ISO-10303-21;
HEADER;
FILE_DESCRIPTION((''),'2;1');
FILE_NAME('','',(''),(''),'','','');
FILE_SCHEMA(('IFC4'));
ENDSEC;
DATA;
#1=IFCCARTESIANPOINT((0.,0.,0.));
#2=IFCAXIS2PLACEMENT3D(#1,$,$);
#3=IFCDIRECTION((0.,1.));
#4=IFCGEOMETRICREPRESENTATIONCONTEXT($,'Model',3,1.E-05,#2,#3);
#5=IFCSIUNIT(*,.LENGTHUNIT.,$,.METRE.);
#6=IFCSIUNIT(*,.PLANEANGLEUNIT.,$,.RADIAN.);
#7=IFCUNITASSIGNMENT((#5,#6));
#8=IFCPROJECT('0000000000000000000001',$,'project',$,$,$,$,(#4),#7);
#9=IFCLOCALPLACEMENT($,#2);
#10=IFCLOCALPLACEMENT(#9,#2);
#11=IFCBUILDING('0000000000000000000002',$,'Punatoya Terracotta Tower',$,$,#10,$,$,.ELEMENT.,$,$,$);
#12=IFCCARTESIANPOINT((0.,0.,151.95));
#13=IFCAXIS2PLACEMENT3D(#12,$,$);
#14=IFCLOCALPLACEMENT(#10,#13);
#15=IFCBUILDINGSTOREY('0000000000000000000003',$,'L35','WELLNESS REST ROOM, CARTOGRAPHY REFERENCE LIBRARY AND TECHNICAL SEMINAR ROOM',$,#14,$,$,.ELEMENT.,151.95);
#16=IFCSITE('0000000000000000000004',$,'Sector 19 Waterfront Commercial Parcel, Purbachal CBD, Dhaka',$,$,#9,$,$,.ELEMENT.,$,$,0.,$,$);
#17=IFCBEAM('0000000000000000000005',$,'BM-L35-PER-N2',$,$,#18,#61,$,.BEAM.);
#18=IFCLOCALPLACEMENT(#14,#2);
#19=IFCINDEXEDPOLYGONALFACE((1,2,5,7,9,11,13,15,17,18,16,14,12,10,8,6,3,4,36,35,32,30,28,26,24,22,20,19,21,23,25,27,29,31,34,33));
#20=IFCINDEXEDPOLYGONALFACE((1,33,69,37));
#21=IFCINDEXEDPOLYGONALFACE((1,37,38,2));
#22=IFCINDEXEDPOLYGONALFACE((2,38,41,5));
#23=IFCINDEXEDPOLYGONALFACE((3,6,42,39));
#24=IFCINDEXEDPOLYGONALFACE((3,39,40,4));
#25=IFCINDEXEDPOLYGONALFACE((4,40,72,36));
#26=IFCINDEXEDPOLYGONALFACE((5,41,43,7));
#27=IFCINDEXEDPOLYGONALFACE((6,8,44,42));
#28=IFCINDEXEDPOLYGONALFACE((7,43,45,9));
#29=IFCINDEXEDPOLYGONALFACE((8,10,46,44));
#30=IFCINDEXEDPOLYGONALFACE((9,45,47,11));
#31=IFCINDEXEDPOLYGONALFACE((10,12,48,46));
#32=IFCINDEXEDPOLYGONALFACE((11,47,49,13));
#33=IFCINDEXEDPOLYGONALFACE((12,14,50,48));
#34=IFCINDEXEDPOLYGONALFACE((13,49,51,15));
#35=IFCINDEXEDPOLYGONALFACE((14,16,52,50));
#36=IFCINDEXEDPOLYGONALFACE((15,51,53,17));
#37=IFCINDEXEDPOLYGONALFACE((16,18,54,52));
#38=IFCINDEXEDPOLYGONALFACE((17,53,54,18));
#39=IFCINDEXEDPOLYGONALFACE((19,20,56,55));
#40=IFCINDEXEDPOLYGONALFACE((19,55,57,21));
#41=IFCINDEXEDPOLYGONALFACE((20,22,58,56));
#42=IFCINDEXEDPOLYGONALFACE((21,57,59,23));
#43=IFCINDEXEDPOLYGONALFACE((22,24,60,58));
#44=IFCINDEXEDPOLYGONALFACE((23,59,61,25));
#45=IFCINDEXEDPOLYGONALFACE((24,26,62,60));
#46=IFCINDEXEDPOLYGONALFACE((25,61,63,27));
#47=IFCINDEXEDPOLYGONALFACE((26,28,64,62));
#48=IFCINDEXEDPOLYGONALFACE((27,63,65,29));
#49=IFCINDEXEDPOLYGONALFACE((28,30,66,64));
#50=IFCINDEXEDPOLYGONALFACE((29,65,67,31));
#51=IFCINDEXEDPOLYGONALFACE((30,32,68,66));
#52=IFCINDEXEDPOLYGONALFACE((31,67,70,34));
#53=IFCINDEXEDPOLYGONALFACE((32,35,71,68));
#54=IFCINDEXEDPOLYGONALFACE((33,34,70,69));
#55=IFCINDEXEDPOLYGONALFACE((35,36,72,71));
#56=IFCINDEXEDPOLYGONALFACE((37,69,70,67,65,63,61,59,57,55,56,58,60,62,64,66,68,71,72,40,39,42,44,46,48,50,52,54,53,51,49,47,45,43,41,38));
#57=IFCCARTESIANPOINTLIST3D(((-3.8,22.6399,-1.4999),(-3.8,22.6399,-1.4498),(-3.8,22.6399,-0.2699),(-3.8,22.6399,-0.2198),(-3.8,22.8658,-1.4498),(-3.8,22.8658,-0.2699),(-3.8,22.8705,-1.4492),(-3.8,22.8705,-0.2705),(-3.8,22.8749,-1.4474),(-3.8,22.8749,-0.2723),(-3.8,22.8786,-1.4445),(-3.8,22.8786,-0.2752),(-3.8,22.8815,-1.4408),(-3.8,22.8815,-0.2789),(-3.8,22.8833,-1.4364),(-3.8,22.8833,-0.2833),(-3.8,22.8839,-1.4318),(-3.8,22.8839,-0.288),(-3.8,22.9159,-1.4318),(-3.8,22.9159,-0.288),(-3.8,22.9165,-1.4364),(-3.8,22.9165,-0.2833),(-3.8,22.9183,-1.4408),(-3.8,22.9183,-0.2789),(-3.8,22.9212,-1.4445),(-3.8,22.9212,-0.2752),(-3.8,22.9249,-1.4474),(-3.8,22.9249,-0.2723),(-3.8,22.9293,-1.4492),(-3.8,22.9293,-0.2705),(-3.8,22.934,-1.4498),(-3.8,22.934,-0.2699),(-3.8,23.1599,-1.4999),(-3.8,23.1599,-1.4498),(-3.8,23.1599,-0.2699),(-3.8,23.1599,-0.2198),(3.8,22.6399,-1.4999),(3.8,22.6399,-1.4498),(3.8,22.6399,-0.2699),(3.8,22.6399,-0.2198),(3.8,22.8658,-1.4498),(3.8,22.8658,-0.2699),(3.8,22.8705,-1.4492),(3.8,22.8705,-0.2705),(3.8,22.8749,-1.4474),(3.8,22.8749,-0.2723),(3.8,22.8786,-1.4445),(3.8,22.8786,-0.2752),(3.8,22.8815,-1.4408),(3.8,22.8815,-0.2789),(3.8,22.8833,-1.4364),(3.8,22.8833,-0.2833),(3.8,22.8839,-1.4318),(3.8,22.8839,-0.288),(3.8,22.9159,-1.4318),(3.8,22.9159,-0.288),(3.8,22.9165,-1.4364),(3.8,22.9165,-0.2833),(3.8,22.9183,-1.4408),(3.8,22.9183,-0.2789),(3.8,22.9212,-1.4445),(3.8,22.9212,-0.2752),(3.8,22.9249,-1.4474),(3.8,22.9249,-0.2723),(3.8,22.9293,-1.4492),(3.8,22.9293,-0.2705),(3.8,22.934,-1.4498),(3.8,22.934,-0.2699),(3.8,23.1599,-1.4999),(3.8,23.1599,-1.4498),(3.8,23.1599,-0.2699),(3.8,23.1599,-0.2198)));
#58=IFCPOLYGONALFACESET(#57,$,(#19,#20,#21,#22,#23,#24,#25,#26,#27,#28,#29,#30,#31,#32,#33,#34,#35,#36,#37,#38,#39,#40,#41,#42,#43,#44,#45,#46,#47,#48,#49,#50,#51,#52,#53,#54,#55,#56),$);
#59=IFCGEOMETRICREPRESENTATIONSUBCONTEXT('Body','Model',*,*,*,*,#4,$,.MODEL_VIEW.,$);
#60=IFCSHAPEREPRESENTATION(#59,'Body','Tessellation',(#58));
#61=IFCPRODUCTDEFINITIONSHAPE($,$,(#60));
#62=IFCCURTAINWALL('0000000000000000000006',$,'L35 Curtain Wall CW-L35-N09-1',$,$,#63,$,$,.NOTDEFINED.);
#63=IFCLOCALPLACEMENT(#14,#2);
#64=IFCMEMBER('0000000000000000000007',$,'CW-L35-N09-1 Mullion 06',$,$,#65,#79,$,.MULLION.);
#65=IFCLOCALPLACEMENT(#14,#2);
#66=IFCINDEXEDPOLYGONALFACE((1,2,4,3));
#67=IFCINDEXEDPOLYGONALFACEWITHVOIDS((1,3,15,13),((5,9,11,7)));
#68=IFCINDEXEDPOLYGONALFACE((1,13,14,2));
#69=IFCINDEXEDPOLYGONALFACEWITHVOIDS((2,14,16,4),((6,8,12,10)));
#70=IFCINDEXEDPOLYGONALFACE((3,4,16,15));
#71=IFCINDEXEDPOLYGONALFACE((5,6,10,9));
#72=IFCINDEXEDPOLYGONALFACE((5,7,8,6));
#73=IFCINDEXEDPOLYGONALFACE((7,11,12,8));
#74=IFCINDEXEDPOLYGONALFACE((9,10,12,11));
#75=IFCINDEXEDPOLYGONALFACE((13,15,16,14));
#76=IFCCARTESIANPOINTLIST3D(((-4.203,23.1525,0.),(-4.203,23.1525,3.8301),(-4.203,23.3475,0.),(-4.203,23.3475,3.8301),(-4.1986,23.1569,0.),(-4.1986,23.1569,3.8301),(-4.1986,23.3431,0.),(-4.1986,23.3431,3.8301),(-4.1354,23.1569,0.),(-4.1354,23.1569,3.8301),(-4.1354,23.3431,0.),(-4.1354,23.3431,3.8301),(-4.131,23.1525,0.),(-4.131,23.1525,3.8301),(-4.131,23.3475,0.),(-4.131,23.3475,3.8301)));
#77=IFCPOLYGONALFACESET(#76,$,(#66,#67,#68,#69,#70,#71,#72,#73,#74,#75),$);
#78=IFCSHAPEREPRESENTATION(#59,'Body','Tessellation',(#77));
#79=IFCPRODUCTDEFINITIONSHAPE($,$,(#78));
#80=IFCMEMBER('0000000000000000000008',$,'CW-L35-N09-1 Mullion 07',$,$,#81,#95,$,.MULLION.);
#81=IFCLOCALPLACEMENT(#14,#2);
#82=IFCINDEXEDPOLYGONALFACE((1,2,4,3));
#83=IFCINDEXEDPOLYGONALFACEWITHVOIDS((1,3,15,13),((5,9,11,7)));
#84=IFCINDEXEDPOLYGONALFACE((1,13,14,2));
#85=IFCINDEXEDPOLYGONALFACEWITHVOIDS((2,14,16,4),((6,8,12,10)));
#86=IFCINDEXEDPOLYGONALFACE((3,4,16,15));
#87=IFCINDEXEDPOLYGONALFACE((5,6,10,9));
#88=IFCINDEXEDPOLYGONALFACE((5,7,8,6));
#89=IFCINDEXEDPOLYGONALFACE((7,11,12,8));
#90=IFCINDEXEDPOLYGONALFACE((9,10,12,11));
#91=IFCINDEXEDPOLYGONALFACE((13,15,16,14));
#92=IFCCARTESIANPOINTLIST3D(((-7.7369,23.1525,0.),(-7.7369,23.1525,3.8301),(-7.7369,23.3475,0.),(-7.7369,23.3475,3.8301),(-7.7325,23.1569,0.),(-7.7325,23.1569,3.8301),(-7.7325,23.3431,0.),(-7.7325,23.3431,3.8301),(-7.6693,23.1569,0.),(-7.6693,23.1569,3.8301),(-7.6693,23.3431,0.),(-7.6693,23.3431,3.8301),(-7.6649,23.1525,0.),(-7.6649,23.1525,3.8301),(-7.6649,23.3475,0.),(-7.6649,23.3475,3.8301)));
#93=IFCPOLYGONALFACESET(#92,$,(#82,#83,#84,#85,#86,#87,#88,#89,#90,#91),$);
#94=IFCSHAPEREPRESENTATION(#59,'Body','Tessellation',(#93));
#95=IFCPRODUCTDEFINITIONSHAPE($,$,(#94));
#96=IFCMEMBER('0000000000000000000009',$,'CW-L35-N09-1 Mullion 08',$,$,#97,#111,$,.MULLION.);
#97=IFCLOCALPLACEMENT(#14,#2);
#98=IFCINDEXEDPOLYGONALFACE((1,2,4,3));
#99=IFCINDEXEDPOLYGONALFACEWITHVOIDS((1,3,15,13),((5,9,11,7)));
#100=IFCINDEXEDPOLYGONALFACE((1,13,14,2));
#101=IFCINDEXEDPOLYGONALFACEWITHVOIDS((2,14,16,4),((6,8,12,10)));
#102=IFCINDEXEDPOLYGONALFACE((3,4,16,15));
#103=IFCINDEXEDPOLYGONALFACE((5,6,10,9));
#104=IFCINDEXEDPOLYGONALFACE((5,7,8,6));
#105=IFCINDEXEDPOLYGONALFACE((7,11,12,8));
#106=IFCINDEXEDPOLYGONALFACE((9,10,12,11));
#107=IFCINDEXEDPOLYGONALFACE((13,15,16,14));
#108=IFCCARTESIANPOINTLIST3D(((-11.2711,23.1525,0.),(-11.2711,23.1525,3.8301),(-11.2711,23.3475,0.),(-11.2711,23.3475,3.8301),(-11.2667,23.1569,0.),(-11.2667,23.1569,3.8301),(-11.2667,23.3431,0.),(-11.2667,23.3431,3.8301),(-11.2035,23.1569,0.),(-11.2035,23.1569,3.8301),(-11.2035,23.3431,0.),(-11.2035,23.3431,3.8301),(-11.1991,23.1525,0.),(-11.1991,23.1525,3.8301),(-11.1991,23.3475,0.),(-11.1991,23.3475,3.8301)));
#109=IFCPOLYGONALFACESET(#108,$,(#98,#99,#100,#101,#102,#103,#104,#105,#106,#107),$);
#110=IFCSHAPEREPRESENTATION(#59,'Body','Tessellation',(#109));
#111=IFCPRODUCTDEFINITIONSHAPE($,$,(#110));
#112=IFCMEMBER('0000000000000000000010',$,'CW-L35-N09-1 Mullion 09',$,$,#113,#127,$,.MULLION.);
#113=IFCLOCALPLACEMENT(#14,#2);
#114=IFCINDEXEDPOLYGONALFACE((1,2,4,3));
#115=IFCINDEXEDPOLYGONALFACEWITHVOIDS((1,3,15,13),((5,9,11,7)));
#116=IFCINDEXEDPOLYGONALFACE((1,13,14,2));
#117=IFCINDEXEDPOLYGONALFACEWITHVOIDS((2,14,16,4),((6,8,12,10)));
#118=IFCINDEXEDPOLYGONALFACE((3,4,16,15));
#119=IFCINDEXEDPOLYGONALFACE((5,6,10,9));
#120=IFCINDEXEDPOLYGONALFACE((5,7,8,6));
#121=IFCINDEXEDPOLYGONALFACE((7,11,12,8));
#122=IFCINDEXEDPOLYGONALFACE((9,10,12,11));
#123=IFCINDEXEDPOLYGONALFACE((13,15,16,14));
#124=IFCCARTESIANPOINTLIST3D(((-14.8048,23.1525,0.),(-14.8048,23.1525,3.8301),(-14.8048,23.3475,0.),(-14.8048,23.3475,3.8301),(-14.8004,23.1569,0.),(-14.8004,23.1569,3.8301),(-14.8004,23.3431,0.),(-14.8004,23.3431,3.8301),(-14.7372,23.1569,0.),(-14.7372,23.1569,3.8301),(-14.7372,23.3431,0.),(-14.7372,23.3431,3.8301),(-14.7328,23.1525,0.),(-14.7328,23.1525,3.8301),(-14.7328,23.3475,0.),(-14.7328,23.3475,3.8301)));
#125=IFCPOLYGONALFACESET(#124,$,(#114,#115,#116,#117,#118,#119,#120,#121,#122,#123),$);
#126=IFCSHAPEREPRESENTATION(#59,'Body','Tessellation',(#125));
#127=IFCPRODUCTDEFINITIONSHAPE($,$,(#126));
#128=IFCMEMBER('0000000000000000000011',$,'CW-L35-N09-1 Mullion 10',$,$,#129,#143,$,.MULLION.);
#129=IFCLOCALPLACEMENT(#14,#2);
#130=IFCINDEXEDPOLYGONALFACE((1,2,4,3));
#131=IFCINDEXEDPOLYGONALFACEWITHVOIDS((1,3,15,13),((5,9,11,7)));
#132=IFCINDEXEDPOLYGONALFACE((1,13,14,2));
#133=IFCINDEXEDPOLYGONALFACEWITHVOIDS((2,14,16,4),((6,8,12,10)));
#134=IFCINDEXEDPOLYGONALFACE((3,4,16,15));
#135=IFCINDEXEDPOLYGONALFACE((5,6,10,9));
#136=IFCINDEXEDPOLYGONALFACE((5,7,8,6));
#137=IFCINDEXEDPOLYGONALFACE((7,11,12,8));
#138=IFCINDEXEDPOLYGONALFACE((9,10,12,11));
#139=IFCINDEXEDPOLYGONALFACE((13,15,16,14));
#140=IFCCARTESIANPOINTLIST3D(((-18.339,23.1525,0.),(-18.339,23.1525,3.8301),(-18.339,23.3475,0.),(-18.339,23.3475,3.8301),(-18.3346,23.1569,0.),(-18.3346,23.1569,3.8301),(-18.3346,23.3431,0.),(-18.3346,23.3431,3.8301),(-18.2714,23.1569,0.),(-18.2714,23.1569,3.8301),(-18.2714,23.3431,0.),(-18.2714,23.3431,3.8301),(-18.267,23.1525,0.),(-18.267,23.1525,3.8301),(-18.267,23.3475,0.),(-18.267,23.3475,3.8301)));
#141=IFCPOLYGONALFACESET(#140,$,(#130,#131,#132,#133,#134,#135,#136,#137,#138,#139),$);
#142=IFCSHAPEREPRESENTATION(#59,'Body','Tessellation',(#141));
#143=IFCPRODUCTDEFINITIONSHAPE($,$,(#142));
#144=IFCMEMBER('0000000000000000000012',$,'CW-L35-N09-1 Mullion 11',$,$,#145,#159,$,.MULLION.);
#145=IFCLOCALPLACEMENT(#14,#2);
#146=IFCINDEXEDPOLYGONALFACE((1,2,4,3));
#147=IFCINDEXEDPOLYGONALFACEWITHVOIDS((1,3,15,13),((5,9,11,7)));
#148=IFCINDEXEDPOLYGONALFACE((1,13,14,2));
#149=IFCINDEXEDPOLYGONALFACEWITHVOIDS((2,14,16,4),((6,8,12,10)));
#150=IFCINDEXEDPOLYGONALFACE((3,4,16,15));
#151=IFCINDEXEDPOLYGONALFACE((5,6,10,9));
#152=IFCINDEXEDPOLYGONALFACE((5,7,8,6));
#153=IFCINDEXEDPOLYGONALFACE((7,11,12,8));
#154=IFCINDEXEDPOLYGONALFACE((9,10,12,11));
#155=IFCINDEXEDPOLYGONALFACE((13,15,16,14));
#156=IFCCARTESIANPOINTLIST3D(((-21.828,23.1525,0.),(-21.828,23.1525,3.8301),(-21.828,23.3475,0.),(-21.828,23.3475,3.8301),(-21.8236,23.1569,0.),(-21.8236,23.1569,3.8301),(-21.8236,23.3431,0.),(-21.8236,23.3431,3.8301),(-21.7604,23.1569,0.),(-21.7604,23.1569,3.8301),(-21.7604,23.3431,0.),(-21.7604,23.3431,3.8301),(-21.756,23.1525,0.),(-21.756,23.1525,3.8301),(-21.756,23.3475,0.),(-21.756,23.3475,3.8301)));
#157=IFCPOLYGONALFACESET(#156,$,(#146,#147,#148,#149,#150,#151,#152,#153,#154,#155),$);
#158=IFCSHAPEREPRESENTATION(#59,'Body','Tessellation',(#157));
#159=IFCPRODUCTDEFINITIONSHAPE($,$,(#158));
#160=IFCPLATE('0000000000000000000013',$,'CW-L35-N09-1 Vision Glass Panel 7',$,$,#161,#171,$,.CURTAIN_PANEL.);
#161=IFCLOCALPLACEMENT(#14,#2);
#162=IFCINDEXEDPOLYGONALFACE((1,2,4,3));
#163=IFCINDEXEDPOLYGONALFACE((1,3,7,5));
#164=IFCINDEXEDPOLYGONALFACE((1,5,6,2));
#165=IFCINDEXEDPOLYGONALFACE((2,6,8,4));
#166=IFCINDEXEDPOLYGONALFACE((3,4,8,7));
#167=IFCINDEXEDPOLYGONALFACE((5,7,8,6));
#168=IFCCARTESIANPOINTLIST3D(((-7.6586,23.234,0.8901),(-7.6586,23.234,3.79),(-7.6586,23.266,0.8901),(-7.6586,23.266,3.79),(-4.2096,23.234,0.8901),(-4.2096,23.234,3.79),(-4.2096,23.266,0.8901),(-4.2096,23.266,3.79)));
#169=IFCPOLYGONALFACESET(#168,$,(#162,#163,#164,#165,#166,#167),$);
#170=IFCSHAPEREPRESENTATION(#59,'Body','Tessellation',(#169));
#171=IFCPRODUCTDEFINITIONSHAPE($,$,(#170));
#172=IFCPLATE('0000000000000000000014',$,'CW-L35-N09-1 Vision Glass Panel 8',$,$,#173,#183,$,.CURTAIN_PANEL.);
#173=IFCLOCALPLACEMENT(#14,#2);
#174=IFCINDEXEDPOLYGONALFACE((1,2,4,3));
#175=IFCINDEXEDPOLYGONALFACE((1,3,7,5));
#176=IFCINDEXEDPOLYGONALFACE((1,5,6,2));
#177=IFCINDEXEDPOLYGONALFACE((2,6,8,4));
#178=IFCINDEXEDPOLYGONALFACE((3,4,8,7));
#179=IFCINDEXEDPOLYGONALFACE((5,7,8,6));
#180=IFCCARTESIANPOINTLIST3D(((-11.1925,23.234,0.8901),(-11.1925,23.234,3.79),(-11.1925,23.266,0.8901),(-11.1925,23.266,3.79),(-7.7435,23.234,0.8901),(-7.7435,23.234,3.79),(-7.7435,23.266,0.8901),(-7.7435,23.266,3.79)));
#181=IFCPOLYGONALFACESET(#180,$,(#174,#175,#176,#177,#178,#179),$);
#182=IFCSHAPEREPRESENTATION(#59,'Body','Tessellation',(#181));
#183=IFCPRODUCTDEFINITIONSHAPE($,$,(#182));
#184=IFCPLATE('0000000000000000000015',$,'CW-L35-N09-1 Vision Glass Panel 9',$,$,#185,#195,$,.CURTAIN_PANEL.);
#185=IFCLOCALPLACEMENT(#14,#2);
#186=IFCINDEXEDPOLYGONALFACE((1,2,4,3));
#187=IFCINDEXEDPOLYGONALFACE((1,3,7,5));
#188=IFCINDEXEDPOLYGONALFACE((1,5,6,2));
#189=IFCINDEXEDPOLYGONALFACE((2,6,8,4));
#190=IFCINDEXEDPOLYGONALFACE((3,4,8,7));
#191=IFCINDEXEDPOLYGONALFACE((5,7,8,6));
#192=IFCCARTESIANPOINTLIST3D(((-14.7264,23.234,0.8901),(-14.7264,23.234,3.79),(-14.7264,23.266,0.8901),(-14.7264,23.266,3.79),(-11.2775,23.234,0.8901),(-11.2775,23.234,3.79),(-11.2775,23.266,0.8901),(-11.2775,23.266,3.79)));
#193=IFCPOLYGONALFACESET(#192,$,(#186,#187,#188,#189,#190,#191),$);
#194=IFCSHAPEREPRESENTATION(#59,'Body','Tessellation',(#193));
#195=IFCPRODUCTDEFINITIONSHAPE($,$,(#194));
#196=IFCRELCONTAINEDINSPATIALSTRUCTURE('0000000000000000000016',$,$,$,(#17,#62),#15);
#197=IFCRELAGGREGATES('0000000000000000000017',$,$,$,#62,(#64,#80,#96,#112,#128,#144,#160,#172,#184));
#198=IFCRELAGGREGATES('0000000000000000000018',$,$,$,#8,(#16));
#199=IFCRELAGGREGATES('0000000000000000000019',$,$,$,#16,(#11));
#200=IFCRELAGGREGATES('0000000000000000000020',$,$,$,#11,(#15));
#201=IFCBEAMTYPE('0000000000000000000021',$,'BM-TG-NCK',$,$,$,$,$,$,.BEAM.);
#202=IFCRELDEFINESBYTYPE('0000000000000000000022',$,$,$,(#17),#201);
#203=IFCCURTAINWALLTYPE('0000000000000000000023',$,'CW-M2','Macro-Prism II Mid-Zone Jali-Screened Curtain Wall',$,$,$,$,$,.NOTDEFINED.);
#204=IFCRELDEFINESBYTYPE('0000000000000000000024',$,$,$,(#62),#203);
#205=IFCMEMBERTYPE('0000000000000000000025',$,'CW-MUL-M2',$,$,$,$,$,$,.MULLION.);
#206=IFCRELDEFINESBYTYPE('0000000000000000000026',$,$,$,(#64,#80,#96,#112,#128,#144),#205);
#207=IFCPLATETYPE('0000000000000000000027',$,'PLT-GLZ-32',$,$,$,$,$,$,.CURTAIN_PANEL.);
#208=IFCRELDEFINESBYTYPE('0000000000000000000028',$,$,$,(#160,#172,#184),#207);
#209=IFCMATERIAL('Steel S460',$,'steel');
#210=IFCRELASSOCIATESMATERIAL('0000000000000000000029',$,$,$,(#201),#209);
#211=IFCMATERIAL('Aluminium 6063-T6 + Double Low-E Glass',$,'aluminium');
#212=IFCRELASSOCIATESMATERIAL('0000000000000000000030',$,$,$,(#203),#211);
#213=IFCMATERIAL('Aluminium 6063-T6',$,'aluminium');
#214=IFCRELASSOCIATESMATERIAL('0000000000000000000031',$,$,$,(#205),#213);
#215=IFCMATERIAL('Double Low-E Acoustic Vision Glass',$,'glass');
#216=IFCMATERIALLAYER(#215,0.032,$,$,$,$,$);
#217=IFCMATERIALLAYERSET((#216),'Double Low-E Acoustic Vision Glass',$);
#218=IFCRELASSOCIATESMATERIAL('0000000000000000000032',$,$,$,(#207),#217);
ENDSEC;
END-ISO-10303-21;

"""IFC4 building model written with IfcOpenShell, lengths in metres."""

from ifc_helpers import new_model, si_unit, direction, frame, origin, origin_2d, place, context, subcontext, project, spatial, rectangle, hollow_rectangle, i_section, extrude, material, layer, layer_set, material_profile, profile_set, type_object, element, aggregate, save


model = new_model("IFC4")

# Units and contexts
model_context = context("Model", 3, precision=1e-05, world=origin(), true_north=direction((0.0, 1.0)))
body_context = subcontext(model_context, "Body", "Model", "MODEL_VIEW")
ifc_project = project(units=[si_unit("LENGTHUNIT", "METRE"), si_unit("PLANEANGLEUNIT", "RADIAN")], contexts=[model_context])

# Site, building, storey
site_placement = place(None, origin())
site = spatial("IfcSite", under=ifc_project, at=site_placement, Name="Sector 19 Waterfront Commercial Parcel, Purbachal CBD, Dhaka", CompositionType="ELEMENT", RefElevation=0.0)
building_placement = place(site_placement, origin())
building = spatial("IfcBuilding", under=site, at=building_placement, Name="Punatoya Terracotta Tower", CompositionType="ELEMENT")
storey_placement = place(building_placement, frame((0.0, 0.0, 151.95)))
storey = spatial("IfcBuildingStorey", under=building, at=storey_placement, Name="L35", Description="WELLNESS REST ROOM, CARTOGRAPHY REFERENCE LIBRARY AND TECHNICAL SEMINAR ROOM", CompositionType="ELEMENT", Elevation=151.95)

# Shared definitions
ifc_material_1 = material(Name="Steel S460", Category="steel")

# Beam
ifc_material_profile_1 = material_profile(ifc_material_1, i_section(OverallWidth=0.52, OverallDepth=1.28, WebThickness=0.032, FlangeThickness=0.05, FilletRadius=0.0181, at=origin_2d()))
ifc_profile_set_1 = profile_set([ifc_material_profile_1], Name="Steel S460")
beam_type_1 = type_object("IfcBeamType", Name="BM-TG-NCK", PredefinedType="BEAM", material=ifc_profile_set_1)
beam_1_placement = place(storey_placement, frame((-3.8, 22.8999, -0.8599), z_axis=(1.0, 0.0, 0.0), x_axis=(0.0, 1.0, 0.0)))
element("IfcBeam", 1, at=beam_1_placement, inside=storey, type_object=beam_type_1, Name="BM-L35-PER-N2", PredefinedType="BEAM", context=body_context, shape_type="SweptSolid", body=[
    extrude(i_section(OverallWidth=0.52, OverallDepth=1.28, WebThickness=0.032, FlangeThickness=0.05, FilletRadius=0.0181, at=origin_2d()), origin(), (0.0, 0.0, 1.0), 7.6001),
])

# Curtain wall, members, plates
ifc_material_2 = material(Name="Aluminium 6063-T6 + Double Low-E Glass", Category="aluminium")
curtain_wall_type = type_object("IfcCurtainWallType", Name="CW-M2", Description="Macro-Prism II Mid-Zone Jali-Screened Curtain Wall", PredefinedType="NOTDEFINED", material=ifc_material_2)
curtain_wall_placement = place(storey_placement, origin())
curtain_wall = element("IfcCurtainWall", 2, at=curtain_wall_placement, inside=storey, type_object=curtain_wall_type, Name="L35 Curtain Wall CW-L35-N09-1", PredefinedType="NOTDEFINED")
ifc_material_3 = material(Name="Aluminium 6063-T6", Category="aluminium")
ifc_material_profile_2 = material_profile(ifc_material_3, hollow_rectangle(XDim=0.072, YDim=0.1951, WallThickness=0.0044, at=origin_2d()))
ifc_profile_set_2 = profile_set([ifc_material_profile_2], Name="Aluminium 6063-T6")
member_type = type_object("IfcMemberType", Name="CW-MUL-M2", PredefinedType="MULLION", material=ifc_profile_set_2)
member_1_placement = place(storey_placement, frame((-4.167, 23.25, 0.0), z_axis=(0.0, 0.0, 1.0), x_axis=(1.0, 0.0, 0.0)))
member_1 = element("IfcMember", 3, at=member_1_placement, type_object=member_type, Name="CW-L35-N09-1 Mullion 06", PredefinedType="MULLION", context=body_context, shape_type="SweptSolid", body=[
    extrude(hollow_rectangle(XDim=0.072, YDim=0.1951, WallThickness=0.0044, at=origin_2d()), origin(), (0.0, 0.0, 1.0), 3.8301),
])
member_2_placement = place(storey_placement, frame((-7.7009, 23.25, 0.0), z_axis=(0.0, 0.0, 1.0), x_axis=(1.0, 0.0, 0.0)))
member_2 = element("IfcMember", 4, at=member_2_placement, type_object=member_type, Name="CW-L35-N09-1 Mullion 07", PredefinedType="MULLION", context=body_context, shape_type="SweptSolid", body=[
    extrude(hollow_rectangle(XDim=0.072, YDim=0.1951, WallThickness=0.0044, at=origin_2d()), origin(), (0.0, 0.0, 1.0), 3.8301),
])
member_3_placement = place(storey_placement, frame((-11.2351, 23.25, 0.0), z_axis=(0.0, 0.0, 1.0), x_axis=(1.0, 0.0, 0.0)))
member_3 = element("IfcMember", 5, at=member_3_placement, type_object=member_type, Name="CW-L35-N09-1 Mullion 08", PredefinedType="MULLION", context=body_context, shape_type="SweptSolid", body=[
    extrude(hollow_rectangle(XDim=0.072, YDim=0.1951, WallThickness=0.0044, at=origin_2d()), origin(), (0.0, 0.0, 1.0), 3.8301),
])
member_4_placement = place(storey_placement, frame((-14.7688, 23.25, 0.0), z_axis=(0.0, 0.0, 1.0), x_axis=(1.0, 0.0, 0.0)))
member_4 = element("IfcMember", 6, at=member_4_placement, type_object=member_type, Name="CW-L35-N09-1 Mullion 09", PredefinedType="MULLION", context=body_context, shape_type="SweptSolid", body=[
    extrude(hollow_rectangle(XDim=0.072, YDim=0.1951, WallThickness=0.0044, at=origin_2d()), origin(), (0.0, 0.0, 1.0), 3.8301),
])
member_5_placement = place(storey_placement, frame((-18.303, 23.25, 0.0), z_axis=(0.0, 0.0, 1.0), x_axis=(1.0, 0.0, 0.0)))
member_5 = element("IfcMember", 7, at=member_5_placement, type_object=member_type, Name="CW-L35-N09-1 Mullion 10", PredefinedType="MULLION", context=body_context, shape_type="SweptSolid", body=[
    extrude(hollow_rectangle(XDim=0.072, YDim=0.1951, WallThickness=0.0044, at=origin_2d()), origin(), (0.0, 0.0, 1.0), 3.8301),
])
member_6_placement = place(storey_placement, frame((-21.792, 23.25, 0.0), z_axis=(0.0, 0.0, 1.0), x_axis=(1.0, 0.0, 0.0)))
member_6 = element("IfcMember", 8, at=member_6_placement, type_object=member_type, Name="CW-L35-N09-1 Mullion 11", PredefinedType="MULLION", context=body_context, shape_type="SweptSolid", body=[
    extrude(hollow_rectangle(XDim=0.072, YDim=0.1951, WallThickness=0.0044, at=origin_2d()), origin(), (0.0, 0.0, 1.0), 3.8301),
])
ifc_material_4 = material(Name="Double Low-E Acoustic Vision Glass", Category="glass")
ifc_layer_1 = layer(ifc_material_4, 0.032)
ifc_layer_set_1 = layer_set([ifc_layer_1], Name="Double Low-E Acoustic Vision Glass")
plate_type_1 = type_object("IfcPlateType", Name="PLT-GLZ-32", PredefinedType="CURTAIN_PANEL", material=ifc_layer_set_1)
plate_1_placement = place(storey_placement, frame((-5.9341, 23.25, 0.8901), z_axis=(0.0, 0.0, 1.0), x_axis=(-1.0, 0.0, 0.0)))
plate_1 = element("IfcPlate", 9, at=plate_1_placement, type_object=plate_type_1, Name="CW-L35-N09-1 Vision Glass Panel 7", PredefinedType="CURTAIN_PANEL", context=body_context, shape_type="SweptSolid", body=[
    extrude(rectangle(XDim=3.449, YDim=0.032, at=origin_2d()), origin(), (0.0, 0.0, 1.0), 2.8999),
])
plate_2_placement = place(storey_placement, frame((-9.468, 23.25, 0.8901), z_axis=(0.0, 0.0, 1.0), x_axis=(-1.0, 0.0, 0.0)))
plate_2 = element("IfcPlate", 10, at=plate_2_placement, type_object=plate_type_1, Name="CW-L35-N09-1 Vision Glass Panel 8", PredefinedType="CURTAIN_PANEL", context=body_context, shape_type="SweptSolid", body=[
    extrude(rectangle(XDim=3.449, YDim=0.032, at=origin_2d()), origin(), (0.0, 0.0, 1.0), 2.8999),
])
plate_3_placement = place(storey_placement, frame((-13.002, 23.25, 0.8901), z_axis=(0.0, 0.0, 1.0), x_axis=(-1.0, 0.0, 0.0)))
plate_3 = element("IfcPlate", 11, at=plate_3_placement, type_object=plate_type_1, Name="CW-L35-N09-1 Vision Glass Panel 9", PredefinedType="CURTAIN_PANEL", context=body_context, shape_type="SweptSolid", body=[
    extrude(rectangle(XDim=3.449, YDim=0.032, at=origin_2d()), origin(), (0.0, 0.0, 1.0), 2.8999),
])
aggregate(curtain_wall, [member_1, member_2, member_3, member_4, member_5, member_6, plate_1, plate_2, plate_3])

save(model, "model.ifc")
